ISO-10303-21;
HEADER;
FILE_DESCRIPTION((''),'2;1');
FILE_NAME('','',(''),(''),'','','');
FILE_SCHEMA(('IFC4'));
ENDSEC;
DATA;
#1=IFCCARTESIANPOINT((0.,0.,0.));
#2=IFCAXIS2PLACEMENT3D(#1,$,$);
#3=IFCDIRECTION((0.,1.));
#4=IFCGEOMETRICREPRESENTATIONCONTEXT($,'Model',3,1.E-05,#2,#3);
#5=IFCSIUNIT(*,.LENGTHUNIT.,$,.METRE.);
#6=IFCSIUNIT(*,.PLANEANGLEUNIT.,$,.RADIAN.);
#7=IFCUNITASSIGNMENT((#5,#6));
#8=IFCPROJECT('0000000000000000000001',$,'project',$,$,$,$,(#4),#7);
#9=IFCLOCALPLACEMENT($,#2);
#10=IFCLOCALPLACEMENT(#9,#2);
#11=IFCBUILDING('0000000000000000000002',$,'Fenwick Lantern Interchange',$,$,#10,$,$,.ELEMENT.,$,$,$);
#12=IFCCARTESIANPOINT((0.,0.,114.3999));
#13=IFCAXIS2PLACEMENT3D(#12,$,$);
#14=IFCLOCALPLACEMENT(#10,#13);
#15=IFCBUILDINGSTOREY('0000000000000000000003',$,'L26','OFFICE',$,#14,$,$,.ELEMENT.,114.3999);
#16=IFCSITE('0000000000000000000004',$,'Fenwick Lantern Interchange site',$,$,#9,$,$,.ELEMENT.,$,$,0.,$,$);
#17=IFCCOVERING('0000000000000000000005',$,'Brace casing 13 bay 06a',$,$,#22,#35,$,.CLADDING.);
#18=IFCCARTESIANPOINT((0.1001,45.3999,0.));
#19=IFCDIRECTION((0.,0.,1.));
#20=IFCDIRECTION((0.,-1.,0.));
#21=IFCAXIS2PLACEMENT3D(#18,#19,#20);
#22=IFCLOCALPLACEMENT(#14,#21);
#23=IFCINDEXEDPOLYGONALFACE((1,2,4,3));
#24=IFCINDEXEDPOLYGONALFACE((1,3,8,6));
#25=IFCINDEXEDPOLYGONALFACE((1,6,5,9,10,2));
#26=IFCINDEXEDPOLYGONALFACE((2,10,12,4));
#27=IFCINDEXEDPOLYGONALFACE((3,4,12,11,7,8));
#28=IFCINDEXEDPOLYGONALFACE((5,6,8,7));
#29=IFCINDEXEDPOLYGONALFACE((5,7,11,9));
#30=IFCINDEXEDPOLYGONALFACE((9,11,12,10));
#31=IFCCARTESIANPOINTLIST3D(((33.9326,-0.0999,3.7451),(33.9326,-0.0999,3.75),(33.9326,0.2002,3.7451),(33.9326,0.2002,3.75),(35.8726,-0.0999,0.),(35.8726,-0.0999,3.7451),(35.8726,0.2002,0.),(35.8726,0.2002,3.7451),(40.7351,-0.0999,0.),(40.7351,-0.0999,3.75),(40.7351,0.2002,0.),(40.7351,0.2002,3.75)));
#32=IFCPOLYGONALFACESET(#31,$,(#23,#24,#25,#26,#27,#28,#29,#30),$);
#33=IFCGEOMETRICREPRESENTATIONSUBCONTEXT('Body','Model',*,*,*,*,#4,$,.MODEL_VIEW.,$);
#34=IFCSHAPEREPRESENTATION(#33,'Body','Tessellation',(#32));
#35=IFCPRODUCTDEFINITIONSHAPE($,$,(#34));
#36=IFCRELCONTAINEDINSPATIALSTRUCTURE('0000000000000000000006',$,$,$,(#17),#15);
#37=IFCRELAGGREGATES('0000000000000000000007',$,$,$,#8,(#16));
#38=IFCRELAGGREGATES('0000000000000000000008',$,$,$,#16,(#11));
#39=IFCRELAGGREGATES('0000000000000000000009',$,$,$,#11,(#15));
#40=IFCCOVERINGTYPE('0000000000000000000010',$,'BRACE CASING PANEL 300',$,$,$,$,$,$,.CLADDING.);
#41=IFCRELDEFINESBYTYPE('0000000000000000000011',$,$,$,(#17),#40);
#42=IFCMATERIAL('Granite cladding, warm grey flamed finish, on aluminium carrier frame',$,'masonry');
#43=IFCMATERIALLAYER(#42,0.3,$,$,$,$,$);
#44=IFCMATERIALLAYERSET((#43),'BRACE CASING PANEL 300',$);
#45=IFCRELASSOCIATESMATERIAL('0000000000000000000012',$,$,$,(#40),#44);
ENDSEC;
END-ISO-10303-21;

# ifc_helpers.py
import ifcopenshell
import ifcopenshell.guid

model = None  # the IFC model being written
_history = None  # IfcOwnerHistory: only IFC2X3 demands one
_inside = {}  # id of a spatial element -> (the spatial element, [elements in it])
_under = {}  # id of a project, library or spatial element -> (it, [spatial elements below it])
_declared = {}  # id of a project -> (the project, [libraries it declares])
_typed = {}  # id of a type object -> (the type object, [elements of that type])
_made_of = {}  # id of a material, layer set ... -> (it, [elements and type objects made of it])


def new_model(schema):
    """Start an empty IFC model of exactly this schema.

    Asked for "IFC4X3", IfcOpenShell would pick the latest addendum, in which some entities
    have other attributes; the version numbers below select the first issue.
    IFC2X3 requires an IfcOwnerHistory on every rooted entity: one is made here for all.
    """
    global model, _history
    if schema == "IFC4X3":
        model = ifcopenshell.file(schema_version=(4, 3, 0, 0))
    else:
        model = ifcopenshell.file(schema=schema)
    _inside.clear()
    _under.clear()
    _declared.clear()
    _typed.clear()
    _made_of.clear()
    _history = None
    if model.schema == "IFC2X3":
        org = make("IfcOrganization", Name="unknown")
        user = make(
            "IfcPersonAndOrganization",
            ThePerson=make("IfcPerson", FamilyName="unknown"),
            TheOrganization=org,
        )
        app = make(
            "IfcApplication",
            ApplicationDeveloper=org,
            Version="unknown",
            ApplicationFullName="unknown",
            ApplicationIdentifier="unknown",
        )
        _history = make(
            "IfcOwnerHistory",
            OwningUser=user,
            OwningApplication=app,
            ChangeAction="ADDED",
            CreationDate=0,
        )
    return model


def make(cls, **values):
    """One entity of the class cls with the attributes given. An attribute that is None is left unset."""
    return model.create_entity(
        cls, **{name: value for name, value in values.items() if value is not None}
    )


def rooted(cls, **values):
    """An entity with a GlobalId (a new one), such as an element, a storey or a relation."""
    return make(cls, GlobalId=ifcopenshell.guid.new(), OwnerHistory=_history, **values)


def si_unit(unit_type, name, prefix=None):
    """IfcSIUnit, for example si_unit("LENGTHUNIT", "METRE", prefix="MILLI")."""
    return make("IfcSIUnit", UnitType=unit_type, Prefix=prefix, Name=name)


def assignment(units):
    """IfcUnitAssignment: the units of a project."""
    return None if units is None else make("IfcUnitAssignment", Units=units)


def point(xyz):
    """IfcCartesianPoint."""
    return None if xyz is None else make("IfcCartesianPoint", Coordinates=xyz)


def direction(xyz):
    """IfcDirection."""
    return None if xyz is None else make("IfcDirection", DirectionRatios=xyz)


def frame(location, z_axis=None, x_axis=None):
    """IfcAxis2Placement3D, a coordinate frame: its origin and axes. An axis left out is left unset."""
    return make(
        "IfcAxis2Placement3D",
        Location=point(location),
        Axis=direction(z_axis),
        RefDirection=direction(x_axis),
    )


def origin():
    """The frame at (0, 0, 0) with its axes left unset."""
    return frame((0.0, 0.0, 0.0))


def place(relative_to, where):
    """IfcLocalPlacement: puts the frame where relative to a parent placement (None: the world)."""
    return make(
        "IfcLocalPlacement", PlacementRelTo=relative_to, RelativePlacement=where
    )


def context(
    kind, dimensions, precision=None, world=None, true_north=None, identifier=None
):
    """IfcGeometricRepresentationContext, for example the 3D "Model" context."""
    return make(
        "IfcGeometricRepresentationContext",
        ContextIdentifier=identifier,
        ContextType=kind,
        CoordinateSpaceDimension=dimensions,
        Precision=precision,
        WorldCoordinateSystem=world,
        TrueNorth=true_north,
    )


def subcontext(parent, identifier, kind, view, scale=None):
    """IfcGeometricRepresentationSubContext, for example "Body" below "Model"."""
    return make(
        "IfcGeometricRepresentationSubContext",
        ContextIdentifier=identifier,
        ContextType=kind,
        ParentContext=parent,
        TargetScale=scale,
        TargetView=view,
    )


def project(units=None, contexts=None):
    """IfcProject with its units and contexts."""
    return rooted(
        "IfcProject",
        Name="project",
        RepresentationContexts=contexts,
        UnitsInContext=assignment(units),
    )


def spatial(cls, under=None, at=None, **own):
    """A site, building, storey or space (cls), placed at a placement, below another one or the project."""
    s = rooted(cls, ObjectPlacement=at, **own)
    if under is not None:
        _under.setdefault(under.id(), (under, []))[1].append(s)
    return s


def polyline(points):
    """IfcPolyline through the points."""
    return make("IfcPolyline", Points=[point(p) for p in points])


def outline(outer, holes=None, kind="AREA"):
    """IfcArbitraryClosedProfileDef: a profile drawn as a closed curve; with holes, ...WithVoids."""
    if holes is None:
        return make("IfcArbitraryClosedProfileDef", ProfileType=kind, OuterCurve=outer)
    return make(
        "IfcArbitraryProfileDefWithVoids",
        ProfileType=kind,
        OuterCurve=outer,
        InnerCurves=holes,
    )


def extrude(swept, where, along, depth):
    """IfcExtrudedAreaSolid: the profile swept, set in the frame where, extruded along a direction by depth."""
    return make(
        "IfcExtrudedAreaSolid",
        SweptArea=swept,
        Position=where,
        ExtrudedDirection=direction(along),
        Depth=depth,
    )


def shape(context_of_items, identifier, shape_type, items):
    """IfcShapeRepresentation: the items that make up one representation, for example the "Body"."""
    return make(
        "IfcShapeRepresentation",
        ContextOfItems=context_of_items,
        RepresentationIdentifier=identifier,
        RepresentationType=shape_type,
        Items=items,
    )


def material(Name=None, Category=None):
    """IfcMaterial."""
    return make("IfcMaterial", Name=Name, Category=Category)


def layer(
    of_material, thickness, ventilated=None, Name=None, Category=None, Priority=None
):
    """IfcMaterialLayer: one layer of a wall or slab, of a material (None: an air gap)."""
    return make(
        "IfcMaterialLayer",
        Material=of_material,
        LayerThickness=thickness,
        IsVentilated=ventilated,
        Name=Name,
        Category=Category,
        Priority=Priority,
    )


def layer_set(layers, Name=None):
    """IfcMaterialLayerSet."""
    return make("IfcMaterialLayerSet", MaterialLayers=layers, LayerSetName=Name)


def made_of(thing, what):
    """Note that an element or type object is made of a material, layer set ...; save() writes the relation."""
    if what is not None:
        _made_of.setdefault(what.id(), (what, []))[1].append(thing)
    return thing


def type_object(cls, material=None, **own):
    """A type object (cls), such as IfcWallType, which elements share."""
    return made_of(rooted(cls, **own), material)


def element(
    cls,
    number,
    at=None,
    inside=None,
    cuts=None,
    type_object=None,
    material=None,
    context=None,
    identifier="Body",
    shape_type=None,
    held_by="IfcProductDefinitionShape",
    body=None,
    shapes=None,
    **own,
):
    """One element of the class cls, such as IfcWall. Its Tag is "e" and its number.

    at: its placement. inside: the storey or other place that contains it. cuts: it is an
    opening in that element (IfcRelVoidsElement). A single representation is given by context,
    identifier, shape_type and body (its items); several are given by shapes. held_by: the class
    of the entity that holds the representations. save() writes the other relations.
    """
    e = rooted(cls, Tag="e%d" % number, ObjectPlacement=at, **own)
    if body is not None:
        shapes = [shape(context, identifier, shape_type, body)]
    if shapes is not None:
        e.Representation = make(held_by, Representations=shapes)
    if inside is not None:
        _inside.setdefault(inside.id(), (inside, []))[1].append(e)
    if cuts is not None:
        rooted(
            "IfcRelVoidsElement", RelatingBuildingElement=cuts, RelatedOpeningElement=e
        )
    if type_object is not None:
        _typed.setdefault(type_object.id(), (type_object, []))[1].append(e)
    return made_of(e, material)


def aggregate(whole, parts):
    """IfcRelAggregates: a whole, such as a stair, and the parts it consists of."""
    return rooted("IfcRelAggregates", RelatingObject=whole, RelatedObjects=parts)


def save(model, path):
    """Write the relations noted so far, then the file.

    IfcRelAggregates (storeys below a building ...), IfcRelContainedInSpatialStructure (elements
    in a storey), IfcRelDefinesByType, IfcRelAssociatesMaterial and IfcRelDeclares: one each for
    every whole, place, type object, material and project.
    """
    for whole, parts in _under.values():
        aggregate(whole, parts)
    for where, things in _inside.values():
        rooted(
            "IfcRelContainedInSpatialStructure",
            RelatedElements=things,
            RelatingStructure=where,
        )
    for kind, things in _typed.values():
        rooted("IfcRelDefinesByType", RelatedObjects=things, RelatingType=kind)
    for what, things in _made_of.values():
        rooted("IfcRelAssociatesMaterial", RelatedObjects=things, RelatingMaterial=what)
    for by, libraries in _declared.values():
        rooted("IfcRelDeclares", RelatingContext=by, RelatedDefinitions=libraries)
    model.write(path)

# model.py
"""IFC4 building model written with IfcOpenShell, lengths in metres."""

from ifc_helpers import new_model, si_unit, direction, frame, origin, place, context, subcontext, project, spatial, polyline, outline, extrude, material, layer, layer_set, type_object, element, save


model = new_model("IFC4")

# Units and contexts
model_context = context("Model", 3, precision=1e-05, world=origin(), true_north=direction((0.0, 1.0)))
body_context = subcontext(model_context, "Body", "Model", "MODEL_VIEW")
ifc_project = project(units=[si_unit("LENGTHUNIT", "METRE"), si_unit("PLANEANGLEUNIT", "RADIAN")], contexts=[model_context])

# Site, building, storey
site_placement = place(None, origin())
site = spatial("IfcSite", under=ifc_project, at=site_placement, Name="Fenwick Lantern Interchange site", CompositionType="ELEMENT", RefElevation=0.0)
building_placement = place(site_placement, origin())
building = spatial("IfcBuilding", under=site, at=building_placement, Name="Fenwick Lantern Interchange", CompositionType="ELEMENT")
storey_placement = place(building_placement, frame((0.0, 0.0, 114.3999)))
storey = spatial("IfcBuildingStorey", under=building, at=storey_placement, Name="L26", Description="OFFICE", CompositionType="ELEMENT", Elevation=114.3999)

# Covering
ifc_material_1 = material(Name="Granite cladding, warm grey flamed finish, on aluminium carrier frame", Category="masonry")
ifc_layer_1 = layer(ifc_material_1, 0.3)
ifc_layer_set_1 = layer_set([ifc_layer_1], Name="BRACE CASING PANEL 300")
covering_type = type_object("IfcCoveringType", Name="BRACE CASING PANEL 300", PredefinedType="CLADDING", material=ifc_layer_set_1)
covering_1_placement = place(storey_placement, frame((0.1001, 45.3999, 0.0), z_axis=(0.0, 0.0, 1.0), x_axis=(0.0, -1.0, 0.0)))
element("IfcCovering", 1, at=covering_1_placement, inside=storey, type_object=covering_type, Name="Brace casing 13 bay 06a", PredefinedType="CLADDING", context=body_context, shape_type="SweptSolid", body=[
    extrude(outline(polyline([(35.8726, 0.0), (40.7351, 0.0), (40.7351, 3.75), (33.9326, 3.75), (33.9326, 3.7451), (35.8726, 3.7451), (35.8726, 0.0)])), frame((0.0, 0.2002, 0.0), z_axis=(0.0, -1.0, 0.0), x_axis=(1.0, 0.0, 0.0)), (0.0, 0.0, 1.0), 0.3),
])

save(model, "model.ifc")
